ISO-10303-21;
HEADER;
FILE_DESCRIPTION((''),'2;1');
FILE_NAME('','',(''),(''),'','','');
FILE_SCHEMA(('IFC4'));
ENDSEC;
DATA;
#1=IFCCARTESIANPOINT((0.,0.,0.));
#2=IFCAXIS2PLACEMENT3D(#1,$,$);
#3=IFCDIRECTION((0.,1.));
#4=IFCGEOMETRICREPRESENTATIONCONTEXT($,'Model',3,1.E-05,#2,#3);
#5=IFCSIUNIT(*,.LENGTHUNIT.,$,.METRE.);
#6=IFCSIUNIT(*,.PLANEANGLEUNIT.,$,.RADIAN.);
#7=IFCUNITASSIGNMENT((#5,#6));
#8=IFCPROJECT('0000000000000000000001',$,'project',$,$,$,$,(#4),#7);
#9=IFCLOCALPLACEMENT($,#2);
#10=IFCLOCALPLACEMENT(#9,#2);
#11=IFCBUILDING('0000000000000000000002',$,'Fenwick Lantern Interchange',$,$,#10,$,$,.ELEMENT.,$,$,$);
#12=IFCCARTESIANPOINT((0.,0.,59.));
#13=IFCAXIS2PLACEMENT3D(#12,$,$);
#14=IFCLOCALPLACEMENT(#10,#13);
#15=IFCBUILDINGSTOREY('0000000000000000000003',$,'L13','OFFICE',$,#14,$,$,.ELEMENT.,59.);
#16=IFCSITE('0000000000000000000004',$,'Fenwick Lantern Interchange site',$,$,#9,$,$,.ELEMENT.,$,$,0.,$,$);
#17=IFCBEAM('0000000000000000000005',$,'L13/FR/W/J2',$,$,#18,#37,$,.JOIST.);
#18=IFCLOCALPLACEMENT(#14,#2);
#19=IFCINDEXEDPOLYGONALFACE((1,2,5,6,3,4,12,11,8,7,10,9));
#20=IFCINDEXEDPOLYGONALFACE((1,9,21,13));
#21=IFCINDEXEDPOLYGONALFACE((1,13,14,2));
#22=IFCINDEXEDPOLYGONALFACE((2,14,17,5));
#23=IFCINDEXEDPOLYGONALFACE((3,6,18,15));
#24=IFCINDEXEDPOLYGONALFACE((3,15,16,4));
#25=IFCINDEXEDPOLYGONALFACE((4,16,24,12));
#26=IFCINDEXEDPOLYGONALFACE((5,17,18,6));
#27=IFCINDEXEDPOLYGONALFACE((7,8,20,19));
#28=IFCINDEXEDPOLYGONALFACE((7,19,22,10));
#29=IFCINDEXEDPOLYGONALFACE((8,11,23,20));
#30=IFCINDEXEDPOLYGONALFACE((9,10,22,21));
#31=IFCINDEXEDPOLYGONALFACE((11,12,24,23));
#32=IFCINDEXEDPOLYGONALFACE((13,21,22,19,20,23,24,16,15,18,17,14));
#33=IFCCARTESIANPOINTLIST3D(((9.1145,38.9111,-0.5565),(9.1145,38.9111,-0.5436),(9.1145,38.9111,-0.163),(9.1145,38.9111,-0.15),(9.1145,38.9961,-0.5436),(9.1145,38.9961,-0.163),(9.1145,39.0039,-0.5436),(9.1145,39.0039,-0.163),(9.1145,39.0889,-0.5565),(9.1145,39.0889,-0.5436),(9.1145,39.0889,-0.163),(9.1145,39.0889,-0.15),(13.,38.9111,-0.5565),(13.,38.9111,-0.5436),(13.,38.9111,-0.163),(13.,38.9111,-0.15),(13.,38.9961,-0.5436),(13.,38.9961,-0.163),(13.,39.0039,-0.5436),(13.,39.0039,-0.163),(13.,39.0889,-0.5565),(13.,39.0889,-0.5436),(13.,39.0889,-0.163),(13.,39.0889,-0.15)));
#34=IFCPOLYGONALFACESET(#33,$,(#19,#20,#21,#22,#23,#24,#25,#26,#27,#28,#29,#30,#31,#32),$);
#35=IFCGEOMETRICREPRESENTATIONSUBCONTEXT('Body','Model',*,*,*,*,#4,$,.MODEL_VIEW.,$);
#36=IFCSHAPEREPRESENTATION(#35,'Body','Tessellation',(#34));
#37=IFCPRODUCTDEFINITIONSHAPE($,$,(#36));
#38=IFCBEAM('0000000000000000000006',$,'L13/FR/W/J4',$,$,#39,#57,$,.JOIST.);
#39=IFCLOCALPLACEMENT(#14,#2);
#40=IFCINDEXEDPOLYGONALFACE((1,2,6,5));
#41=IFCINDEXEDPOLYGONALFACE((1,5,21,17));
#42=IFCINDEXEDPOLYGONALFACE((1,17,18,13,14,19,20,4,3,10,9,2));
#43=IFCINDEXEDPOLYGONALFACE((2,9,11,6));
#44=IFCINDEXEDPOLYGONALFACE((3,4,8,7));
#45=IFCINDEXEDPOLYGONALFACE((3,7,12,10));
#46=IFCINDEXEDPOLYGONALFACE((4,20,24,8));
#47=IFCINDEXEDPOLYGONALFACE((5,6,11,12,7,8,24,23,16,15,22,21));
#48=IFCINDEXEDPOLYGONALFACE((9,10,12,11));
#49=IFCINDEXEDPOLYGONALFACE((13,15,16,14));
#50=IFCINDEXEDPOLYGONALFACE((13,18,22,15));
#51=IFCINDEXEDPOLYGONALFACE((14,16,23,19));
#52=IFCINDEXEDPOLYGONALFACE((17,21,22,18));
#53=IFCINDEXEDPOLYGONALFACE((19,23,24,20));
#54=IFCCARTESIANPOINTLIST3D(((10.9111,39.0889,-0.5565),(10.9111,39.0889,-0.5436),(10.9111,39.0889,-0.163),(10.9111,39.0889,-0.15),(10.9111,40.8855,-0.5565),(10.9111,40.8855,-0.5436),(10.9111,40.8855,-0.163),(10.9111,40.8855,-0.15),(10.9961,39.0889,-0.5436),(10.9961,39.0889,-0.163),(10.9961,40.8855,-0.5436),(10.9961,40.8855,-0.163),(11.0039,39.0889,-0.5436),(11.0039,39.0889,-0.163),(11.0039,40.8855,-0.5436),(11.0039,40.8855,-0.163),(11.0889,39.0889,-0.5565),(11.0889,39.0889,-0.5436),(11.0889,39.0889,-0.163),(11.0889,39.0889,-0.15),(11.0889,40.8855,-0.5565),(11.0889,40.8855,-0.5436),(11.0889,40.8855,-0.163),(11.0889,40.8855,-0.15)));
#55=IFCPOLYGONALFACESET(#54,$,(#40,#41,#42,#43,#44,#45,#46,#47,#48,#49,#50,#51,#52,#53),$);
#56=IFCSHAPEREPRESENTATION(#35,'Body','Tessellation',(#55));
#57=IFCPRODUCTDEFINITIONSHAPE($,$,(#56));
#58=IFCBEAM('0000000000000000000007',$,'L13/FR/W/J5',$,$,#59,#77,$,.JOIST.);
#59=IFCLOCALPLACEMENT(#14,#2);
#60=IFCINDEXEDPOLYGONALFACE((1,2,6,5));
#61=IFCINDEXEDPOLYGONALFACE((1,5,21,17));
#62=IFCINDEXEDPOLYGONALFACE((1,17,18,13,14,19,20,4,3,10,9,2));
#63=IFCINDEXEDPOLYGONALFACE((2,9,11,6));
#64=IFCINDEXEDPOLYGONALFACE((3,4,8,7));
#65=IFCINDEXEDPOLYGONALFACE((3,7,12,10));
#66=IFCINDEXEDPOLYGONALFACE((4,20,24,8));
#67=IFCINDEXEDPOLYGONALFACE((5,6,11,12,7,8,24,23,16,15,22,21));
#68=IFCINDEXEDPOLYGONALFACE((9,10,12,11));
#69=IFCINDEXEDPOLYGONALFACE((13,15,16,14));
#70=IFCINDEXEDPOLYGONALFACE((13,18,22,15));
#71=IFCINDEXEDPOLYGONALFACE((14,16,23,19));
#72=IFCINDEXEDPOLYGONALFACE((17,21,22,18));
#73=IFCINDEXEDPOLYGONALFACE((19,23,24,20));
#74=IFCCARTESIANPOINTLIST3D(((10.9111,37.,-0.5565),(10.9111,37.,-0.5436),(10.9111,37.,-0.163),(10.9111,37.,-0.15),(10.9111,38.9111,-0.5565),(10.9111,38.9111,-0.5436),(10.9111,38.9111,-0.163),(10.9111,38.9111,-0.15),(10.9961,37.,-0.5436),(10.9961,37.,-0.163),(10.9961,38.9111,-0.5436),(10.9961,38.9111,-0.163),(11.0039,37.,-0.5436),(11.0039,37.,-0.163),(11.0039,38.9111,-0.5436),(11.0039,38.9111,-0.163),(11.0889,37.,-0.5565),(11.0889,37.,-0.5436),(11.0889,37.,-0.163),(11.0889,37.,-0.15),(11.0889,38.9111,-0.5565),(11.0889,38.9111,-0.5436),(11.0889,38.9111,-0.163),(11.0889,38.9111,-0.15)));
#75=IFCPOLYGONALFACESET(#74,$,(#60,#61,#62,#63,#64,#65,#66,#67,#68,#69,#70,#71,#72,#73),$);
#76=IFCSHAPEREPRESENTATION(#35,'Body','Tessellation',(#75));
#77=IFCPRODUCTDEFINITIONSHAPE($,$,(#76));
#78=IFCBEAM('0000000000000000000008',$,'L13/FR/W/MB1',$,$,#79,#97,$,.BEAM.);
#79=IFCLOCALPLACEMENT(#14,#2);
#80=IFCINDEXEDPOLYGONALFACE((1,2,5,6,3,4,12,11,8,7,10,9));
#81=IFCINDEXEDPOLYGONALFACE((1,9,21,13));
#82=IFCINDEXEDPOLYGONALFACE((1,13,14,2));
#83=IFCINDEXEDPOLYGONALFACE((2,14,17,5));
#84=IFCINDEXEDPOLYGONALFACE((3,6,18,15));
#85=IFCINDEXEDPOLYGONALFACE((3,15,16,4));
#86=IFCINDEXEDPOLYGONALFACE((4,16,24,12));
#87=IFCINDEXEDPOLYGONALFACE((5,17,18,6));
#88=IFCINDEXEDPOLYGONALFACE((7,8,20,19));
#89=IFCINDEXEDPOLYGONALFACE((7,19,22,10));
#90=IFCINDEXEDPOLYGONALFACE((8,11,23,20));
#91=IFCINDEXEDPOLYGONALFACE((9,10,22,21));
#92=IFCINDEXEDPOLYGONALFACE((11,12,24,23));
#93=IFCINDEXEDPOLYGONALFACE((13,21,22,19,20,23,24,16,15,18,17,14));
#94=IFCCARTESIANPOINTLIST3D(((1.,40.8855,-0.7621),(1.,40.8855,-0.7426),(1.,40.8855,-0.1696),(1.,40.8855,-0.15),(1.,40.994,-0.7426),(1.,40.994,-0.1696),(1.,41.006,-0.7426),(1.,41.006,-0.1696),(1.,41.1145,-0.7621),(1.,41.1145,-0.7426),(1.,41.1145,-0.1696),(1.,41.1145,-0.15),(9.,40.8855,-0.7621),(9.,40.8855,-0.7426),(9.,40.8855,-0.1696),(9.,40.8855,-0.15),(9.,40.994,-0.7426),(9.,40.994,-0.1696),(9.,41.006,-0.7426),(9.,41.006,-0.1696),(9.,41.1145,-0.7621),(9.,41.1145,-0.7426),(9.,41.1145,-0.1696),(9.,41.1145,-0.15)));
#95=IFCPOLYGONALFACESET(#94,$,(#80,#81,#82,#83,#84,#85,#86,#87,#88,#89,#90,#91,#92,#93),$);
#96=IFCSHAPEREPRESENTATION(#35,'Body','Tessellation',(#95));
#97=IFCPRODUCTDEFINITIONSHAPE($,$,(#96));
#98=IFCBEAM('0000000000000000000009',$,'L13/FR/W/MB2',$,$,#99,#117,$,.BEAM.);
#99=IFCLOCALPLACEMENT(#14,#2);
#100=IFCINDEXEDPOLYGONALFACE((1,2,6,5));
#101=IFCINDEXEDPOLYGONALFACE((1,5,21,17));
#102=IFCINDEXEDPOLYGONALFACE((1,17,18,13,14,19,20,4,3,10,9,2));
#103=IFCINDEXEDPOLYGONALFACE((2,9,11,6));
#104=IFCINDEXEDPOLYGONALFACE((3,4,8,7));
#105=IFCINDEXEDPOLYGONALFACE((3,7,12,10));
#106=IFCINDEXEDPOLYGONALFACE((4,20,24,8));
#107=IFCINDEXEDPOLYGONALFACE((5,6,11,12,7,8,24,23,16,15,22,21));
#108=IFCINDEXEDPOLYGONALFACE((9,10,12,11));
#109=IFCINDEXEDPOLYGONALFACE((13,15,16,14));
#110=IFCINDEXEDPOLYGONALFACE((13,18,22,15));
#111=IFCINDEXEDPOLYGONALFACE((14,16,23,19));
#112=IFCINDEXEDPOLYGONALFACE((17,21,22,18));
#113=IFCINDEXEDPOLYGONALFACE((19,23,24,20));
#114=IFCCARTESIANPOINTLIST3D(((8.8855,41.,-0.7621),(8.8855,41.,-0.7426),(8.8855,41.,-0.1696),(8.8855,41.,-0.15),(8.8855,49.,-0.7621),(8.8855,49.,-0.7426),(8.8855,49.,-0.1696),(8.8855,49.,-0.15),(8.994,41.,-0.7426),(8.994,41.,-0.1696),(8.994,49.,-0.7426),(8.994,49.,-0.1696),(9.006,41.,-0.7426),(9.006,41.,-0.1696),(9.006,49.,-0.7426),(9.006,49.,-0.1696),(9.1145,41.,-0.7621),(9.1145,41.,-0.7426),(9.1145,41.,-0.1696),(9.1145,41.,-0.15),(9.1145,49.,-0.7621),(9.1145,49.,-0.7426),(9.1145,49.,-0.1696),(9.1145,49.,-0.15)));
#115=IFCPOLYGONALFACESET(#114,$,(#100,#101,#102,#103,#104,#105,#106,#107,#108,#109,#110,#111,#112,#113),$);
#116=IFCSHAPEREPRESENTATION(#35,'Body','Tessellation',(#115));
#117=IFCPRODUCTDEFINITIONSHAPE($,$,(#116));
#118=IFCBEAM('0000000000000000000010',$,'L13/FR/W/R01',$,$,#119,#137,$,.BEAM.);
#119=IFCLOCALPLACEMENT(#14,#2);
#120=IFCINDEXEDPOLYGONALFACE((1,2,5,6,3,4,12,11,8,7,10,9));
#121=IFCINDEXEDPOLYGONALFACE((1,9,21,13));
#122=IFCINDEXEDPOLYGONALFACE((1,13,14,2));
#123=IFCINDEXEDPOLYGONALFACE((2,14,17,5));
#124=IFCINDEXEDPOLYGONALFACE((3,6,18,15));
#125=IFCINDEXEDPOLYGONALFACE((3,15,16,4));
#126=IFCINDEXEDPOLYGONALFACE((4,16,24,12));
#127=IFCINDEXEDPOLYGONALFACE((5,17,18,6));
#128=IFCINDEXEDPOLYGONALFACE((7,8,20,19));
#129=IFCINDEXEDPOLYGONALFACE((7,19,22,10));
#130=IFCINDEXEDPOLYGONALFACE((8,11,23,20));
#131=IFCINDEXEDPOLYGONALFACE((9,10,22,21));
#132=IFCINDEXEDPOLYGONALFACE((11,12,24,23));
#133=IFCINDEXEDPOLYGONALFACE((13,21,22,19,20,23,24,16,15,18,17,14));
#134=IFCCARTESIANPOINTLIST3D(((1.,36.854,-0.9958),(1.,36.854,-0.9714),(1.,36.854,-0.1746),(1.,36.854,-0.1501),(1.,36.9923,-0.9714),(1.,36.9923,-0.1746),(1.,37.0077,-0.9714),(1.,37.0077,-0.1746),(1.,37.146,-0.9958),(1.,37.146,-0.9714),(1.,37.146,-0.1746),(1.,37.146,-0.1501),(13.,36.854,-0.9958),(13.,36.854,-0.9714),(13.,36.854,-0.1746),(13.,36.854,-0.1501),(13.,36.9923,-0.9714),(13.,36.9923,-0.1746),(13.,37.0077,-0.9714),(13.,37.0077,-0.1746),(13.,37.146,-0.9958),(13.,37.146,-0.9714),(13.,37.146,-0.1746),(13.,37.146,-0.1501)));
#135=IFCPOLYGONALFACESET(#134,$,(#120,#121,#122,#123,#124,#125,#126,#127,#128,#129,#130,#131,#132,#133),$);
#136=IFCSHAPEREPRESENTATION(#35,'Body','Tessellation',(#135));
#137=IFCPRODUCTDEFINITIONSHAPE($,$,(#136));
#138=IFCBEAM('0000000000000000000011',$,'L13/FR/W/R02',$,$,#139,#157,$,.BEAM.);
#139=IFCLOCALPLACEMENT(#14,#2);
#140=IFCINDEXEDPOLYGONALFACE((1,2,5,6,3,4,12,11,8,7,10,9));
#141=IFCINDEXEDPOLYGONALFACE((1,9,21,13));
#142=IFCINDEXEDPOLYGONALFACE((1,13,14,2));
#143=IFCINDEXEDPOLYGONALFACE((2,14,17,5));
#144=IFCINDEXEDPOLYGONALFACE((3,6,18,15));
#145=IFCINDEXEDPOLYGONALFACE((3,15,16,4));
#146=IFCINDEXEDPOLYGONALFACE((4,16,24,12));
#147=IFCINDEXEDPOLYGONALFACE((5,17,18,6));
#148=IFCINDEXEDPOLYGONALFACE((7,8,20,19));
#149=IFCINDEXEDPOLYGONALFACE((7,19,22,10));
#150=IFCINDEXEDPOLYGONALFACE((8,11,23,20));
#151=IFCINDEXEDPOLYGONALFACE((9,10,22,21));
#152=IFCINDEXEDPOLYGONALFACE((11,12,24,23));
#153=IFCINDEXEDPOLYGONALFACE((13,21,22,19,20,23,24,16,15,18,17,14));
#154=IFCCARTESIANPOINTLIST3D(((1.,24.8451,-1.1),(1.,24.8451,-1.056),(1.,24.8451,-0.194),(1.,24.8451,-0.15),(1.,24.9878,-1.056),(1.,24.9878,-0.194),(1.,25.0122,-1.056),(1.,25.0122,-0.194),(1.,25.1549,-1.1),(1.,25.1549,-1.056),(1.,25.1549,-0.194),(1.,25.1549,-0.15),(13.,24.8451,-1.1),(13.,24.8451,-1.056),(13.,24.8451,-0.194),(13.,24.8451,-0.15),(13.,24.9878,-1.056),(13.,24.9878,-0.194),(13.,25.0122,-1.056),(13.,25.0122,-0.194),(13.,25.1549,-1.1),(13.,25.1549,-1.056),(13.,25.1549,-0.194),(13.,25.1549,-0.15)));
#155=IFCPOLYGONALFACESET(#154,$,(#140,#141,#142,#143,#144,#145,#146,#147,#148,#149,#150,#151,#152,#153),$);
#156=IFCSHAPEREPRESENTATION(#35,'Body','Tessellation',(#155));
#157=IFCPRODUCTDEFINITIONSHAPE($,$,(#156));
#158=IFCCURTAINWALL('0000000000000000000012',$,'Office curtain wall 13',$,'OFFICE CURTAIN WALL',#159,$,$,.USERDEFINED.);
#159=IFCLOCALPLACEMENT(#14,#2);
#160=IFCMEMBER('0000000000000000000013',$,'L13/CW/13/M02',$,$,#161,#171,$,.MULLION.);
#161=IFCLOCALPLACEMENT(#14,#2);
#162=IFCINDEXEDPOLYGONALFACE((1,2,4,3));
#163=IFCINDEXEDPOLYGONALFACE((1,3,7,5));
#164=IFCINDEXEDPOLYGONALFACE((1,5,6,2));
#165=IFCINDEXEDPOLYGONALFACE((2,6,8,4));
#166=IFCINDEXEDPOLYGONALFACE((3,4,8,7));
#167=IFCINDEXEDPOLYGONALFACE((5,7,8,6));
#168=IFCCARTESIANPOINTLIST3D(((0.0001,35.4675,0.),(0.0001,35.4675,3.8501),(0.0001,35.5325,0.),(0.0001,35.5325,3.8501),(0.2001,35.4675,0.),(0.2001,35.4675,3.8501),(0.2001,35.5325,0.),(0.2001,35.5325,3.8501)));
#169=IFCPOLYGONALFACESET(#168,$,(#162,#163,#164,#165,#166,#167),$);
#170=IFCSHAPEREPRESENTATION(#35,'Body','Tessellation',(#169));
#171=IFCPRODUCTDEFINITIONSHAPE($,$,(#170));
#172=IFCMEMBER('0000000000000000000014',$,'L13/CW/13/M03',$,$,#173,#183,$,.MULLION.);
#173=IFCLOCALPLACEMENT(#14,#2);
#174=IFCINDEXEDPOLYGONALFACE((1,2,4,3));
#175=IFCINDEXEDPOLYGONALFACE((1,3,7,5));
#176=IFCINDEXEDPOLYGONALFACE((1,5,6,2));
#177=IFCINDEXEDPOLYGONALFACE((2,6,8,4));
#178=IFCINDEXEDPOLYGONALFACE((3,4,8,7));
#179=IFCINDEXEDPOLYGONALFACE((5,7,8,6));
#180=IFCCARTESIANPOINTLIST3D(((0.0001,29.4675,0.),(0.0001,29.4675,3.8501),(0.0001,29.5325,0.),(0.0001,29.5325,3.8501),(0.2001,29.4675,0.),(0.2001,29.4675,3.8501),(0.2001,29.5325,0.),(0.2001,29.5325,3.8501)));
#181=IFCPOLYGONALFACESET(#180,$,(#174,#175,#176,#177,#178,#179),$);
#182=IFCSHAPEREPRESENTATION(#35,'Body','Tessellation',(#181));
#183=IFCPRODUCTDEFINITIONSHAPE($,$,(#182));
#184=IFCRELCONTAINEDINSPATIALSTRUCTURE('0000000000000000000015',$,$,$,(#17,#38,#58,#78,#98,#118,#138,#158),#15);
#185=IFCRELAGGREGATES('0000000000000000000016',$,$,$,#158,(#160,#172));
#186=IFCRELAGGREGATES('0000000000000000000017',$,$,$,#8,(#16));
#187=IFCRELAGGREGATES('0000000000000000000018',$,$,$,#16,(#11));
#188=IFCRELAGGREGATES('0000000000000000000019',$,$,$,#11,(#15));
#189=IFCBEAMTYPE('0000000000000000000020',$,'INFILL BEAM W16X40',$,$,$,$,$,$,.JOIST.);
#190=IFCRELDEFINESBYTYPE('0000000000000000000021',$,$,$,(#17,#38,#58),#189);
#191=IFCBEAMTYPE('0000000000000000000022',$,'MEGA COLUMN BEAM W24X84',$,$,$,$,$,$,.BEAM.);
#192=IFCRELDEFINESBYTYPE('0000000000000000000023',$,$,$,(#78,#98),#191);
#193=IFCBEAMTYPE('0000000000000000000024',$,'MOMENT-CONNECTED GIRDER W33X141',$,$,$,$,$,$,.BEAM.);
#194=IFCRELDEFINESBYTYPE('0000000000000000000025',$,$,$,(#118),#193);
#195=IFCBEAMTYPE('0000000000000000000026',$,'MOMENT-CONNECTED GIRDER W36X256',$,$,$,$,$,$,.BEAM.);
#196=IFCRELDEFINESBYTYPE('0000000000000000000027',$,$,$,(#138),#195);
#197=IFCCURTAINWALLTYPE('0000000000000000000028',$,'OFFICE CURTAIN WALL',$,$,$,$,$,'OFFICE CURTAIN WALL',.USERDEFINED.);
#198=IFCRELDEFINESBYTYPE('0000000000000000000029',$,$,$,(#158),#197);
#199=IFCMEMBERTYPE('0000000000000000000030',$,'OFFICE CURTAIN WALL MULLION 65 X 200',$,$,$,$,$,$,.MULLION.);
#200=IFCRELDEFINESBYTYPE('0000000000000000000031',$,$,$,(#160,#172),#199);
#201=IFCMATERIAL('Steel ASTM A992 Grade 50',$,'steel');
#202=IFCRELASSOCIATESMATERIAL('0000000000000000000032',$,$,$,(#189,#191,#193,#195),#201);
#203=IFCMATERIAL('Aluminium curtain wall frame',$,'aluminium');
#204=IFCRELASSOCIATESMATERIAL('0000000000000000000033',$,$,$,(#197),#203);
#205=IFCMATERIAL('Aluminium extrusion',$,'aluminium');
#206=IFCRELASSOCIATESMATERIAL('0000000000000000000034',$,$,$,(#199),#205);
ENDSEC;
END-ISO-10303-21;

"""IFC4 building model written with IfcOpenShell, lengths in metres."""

from ifc_helpers import new_model, si_unit, direction, frame, origin, origin_2d, place, context, subcontext, project, spatial, rectangle, i_section, extrude, material, material_profile, profile_set, type_object, element, aggregate, save


model = new_model("IFC4")

# Units and contexts
model_context = context("Model", 3, precision=1e-05, world=origin(), true_north=direction((0.0, 1.0)))
body_context = subcontext(model_context, "Body", "Model", "MODEL_VIEW")
ifc_project = project(units=[si_unit("LENGTHUNIT", "METRE"), si_unit("PLANEANGLEUNIT", "RADIAN")], contexts=[model_context])

# Site, building, storey
site_placement = place(None, origin())
site = spatial("IfcSite", under=ifc_project, at=site_placement, Name="Fenwick Lantern Interchange site", CompositionType="ELEMENT", RefElevation=0.0)
building_placement = place(site_placement, origin())
building = spatial("IfcBuilding", under=site, at=building_placement, Name="Fenwick Lantern Interchange", CompositionType="ELEMENT")
storey_placement = place(building_placement, frame((0.0, 0.0, 59.0)))
storey = spatial("IfcBuildingStorey", under=building, at=storey_placement, Name="L13", Description="OFFICE", CompositionType="ELEMENT", Elevation=59.0)

# Beams
ifc_material_1 = material(Name="Steel ASTM A992 Grade 50", Category="steel")
ifc_material_profile_1 = material_profile(ifc_material_1, i_section(OverallWidth=0.1777, OverallDepth=0.4065, WebThickness=0.0078, FlangeThickness=0.0129, at=origin_2d()), Name="W16X40")
ifc_profile_set_1 = profile_set([ifc_material_profile_1], Name="Steel ASTM A992 Grade 50")
beam_type_1 = type_object("IfcBeamType", Name="INFILL BEAM W16X40", PredefinedType="JOIST", material=ifc_profile_set_1)
beam_1_placement = place(storey_placement, frame((9.1145, 39.0, -0.3533), z_axis=(1.0, 0.0, 0.0), x_axis=(0.0, 1.0, 0.0)))
element("IfcBeam", 1, at=beam_1_placement, inside=storey, type_object=beam_type_1, Name="L13/FR/W/J2", PredefinedType="JOIST", context=body_context, shape_type="SweptSolid", body=[
    extrude(i_section(OverallWidth=0.1777, OverallDepth=0.4065, WebThickness=0.0078, FlangeThickness=0.0129, at=origin_2d()), origin(), (0.0, 0.0, 1.0), 3.8855),
])
beam_2_placement = place(storey_placement, frame((11.0, 40.8855, -0.3533), z_axis=(0.0, -1.0, 0.0), x_axis=(1.0, 0.0, 0.0)))
element("IfcBeam", 2, at=beam_2_placement, inside=storey, type_object=beam_type_1, Name="L13/FR/W/J4", PredefinedType="JOIST", context=body_context, shape_type="SweptSolid", body=[
    extrude(i_section(OverallWidth=0.1777, OverallDepth=0.4065, WebThickness=0.0078, FlangeThickness=0.0129, at=origin_2d()), origin(), (0.0, 0.0, 1.0), 1.7966),
])
beam_3_placement = place(storey_placement, frame((11.0, 38.9111, -0.3533), z_axis=(0.0, -1.0, 0.0), x_axis=(1.0, 0.0, 0.0)))
element("IfcBeam", 3, at=beam_3_placement, inside=storey, type_object=beam_type_1, Name="L13/FR/W/J5", PredefinedType="JOIST", context=body_context, shape_type="SweptSolid", body=[
    extrude(i_section(OverallWidth=0.1777, OverallDepth=0.4065, WebThickness=0.0078, FlangeThickness=0.0129, at=origin_2d()), origin(), (0.0, 0.0, 1.0), 1.9111),
])
ifc_material_profile_2 = material_profile(ifc_material_1, i_section(OverallWidth=0.229, OverallDepth=0.6121, WebThickness=0.012, FlangeThickness=0.0195, at=origin_2d()), Name="W24X84")
ifc_profile_set_2 = profile_set([ifc_material_profile_2], Name="Steel ASTM A992 Grade 50")
beam_type_2 = type_object("IfcBeamType", Name="MEGA COLUMN BEAM W24X84", PredefinedType="BEAM", material=ifc_profile_set_2)
for number, where, z_axis, x_axis, name in (
    (4, (9.0, 41.0, -0.4561), (-1.0, 0.0, 0.0), (0.0, -1.0, 0.0), "L13/FR/W/MB1"),
    (5, (9.0, 41.0, -0.4561), (0.0, 1.0, 0.0), (-1.0, 0.0, 0.0), "L13/FR/W/MB2"),
):
    element("IfcBeam", number, at=place(storey_placement, frame(where, z_axis=z_axis, x_axis=x_axis)), inside=storey, type_object=beam_type_2, Name=name, PredefinedType="BEAM", context=body_context, shape_type="SweptSolid", body=[
        extrude(i_section(OverallWidth=0.229, OverallDepth=0.6121, WebThickness=0.012, FlangeThickness=0.0195, at=origin_2d()), origin(), (0.0, 0.0, 1.0), 8.0),
    ])
ifc_material_profile_3 = material_profile(ifc_material_1, i_section(OverallWidth=0.292, OverallDepth=0.8457, WebThickness=0.0154, FlangeThickness=0.0244, at=origin_2d()), Name="W33X141")
ifc_profile_set_3 = profile_set([ifc_material_profile_3], Name="Steel ASTM A992 Grade 50")
beam_type_3 = type_object("IfcBeamType", Name="MOMENT-CONNECTED GIRDER W33X141", PredefinedType="BEAM", material=ifc_profile_set_3)
beam_4_placement = place(storey_placement, frame((1.0, 37.0, -0.573), z_axis=(1.0, 0.0, 0.0), x_axis=(0.0, 1.0, 0.0)))
element("IfcBeam", 6, at=beam_4_placement, inside=storey, type_object=beam_type_3, Name="L13/FR/W/R01", PredefinedType="BEAM", context=body_context, shape_type="SweptSolid", body=[
    extrude(i_section(OverallWidth=0.292, OverallDepth=0.8457, WebThickness=0.0154, FlangeThickness=0.0244, at=origin_2d()), origin(), (0.0, 0.0, 1.0), 12.0),
])
ifc_material_profile_4 = material_profile(ifc_material_1, i_section(OverallWidth=0.3098, OverallDepth=0.95, WebThickness=0.0244, FlangeThickness=0.0439, at=origin_2d()), Name="W36X256")
ifc_profile_set_4 = profile_set([ifc_material_profile_4], Name="Steel ASTM A992 Grade 50")
beam_type_4 = type_object("IfcBeamType", Name="MOMENT-CONNECTED GIRDER W36X256", PredefinedType="BEAM", material=ifc_profile_set_4)
beam_5_placement = place(storey_placement, frame((1.0, 25.0, -0.625), z_axis=(1.0, 0.0, 0.0), x_axis=(0.0, 1.0, 0.0)))
element("IfcBeam", 7, at=beam_5_placement, inside=storey, type_object=beam_type_4, Name="L13/FR/W/R02", PredefinedType="BEAM", context=body_context, shape_type="SweptSolid", body=[
    extrude(i_section(OverallWidth=0.3098, OverallDepth=0.95, WebThickness=0.0244, FlangeThickness=0.0439, at=origin_2d()), origin(), (0.0, 0.0, 1.0), 12.0),
])

# Curtain wall, members
ifc_material_2 = material(Name="Aluminium curtain wall frame", Category="aluminium")
curtain_wall_type = type_object("IfcCurtainWallType", Name="OFFICE CURTAIN WALL", ElementType="OFFICE CURTAIN WALL", PredefinedType="USERDEFINED", material=ifc_material_2)
curtain_wall_placement = place(storey_placement, origin())
curtain_wall = element("IfcCurtainWall", 8, at=curtain_wall_placement, inside=storey, type_object=curtain_wall_type, Name="Office curtain wall 13", ObjectType="OFFICE CURTAIN WALL", PredefinedType="USERDEFINED")
ifc_material_3 = material(Name="Aluminium extrusion", Category="aluminium")
ifc_material_profile_5 = material_profile(ifc_material_3, rectangle(XDim=0.2, YDim=0.0649, at=origin_2d()), Name="OFFICE CURTAIN WALL MULLION 65 X 200")
ifc_profile_set_5 = profile_set([ifc_material_profile_5], Name="Aluminium extrusion")
member_type_1 = type_object("IfcMemberType", Name="OFFICE CURTAIN WALL MULLION 65 X 200", PredefinedType="MULLION", material=ifc_profile_set_5)
member_1_placement = place(storey_placement, frame((0.1001, 35.5, 0.0), z_axis=(0.0, 0.0, 1.0), x_axis=(1.0, 0.0, 0.0)))
member_1 = element("IfcMember", 9, at=member_1_placement, type_object=member_type_1, Name="L13/CW/13/M02", PredefinedType="MULLION", context=body_context, shape_type="SweptSolid", body=[
    extrude(rectangle(XDim=0.2, YDim=0.0649, at=origin_2d()), origin(), (0.0, 0.0, 1.0), 3.8501),
])
member_2_placement = place(storey_placement, frame((0.1001, 29.5, 0.0), z_axis=(0.0, 0.0, 1.0), x_axis=(1.0, 0.0, 0.0)))
member_2 = element("IfcMember", 10, at=member_2_placement, type_object=member_type_1, Name="L13/CW/13/M03", PredefinedType="MULLION", context=body_context, shape_type="SweptSolid", body=[
    extrude(rectangle(XDim=0.2, YDim=0.0649, at=origin_2d()), origin(), (0.0, 0.0, 1.0), 3.8501),
])
aggregate(curtain_wall, [member_1, member_2])

save(model, "model.ifc")
